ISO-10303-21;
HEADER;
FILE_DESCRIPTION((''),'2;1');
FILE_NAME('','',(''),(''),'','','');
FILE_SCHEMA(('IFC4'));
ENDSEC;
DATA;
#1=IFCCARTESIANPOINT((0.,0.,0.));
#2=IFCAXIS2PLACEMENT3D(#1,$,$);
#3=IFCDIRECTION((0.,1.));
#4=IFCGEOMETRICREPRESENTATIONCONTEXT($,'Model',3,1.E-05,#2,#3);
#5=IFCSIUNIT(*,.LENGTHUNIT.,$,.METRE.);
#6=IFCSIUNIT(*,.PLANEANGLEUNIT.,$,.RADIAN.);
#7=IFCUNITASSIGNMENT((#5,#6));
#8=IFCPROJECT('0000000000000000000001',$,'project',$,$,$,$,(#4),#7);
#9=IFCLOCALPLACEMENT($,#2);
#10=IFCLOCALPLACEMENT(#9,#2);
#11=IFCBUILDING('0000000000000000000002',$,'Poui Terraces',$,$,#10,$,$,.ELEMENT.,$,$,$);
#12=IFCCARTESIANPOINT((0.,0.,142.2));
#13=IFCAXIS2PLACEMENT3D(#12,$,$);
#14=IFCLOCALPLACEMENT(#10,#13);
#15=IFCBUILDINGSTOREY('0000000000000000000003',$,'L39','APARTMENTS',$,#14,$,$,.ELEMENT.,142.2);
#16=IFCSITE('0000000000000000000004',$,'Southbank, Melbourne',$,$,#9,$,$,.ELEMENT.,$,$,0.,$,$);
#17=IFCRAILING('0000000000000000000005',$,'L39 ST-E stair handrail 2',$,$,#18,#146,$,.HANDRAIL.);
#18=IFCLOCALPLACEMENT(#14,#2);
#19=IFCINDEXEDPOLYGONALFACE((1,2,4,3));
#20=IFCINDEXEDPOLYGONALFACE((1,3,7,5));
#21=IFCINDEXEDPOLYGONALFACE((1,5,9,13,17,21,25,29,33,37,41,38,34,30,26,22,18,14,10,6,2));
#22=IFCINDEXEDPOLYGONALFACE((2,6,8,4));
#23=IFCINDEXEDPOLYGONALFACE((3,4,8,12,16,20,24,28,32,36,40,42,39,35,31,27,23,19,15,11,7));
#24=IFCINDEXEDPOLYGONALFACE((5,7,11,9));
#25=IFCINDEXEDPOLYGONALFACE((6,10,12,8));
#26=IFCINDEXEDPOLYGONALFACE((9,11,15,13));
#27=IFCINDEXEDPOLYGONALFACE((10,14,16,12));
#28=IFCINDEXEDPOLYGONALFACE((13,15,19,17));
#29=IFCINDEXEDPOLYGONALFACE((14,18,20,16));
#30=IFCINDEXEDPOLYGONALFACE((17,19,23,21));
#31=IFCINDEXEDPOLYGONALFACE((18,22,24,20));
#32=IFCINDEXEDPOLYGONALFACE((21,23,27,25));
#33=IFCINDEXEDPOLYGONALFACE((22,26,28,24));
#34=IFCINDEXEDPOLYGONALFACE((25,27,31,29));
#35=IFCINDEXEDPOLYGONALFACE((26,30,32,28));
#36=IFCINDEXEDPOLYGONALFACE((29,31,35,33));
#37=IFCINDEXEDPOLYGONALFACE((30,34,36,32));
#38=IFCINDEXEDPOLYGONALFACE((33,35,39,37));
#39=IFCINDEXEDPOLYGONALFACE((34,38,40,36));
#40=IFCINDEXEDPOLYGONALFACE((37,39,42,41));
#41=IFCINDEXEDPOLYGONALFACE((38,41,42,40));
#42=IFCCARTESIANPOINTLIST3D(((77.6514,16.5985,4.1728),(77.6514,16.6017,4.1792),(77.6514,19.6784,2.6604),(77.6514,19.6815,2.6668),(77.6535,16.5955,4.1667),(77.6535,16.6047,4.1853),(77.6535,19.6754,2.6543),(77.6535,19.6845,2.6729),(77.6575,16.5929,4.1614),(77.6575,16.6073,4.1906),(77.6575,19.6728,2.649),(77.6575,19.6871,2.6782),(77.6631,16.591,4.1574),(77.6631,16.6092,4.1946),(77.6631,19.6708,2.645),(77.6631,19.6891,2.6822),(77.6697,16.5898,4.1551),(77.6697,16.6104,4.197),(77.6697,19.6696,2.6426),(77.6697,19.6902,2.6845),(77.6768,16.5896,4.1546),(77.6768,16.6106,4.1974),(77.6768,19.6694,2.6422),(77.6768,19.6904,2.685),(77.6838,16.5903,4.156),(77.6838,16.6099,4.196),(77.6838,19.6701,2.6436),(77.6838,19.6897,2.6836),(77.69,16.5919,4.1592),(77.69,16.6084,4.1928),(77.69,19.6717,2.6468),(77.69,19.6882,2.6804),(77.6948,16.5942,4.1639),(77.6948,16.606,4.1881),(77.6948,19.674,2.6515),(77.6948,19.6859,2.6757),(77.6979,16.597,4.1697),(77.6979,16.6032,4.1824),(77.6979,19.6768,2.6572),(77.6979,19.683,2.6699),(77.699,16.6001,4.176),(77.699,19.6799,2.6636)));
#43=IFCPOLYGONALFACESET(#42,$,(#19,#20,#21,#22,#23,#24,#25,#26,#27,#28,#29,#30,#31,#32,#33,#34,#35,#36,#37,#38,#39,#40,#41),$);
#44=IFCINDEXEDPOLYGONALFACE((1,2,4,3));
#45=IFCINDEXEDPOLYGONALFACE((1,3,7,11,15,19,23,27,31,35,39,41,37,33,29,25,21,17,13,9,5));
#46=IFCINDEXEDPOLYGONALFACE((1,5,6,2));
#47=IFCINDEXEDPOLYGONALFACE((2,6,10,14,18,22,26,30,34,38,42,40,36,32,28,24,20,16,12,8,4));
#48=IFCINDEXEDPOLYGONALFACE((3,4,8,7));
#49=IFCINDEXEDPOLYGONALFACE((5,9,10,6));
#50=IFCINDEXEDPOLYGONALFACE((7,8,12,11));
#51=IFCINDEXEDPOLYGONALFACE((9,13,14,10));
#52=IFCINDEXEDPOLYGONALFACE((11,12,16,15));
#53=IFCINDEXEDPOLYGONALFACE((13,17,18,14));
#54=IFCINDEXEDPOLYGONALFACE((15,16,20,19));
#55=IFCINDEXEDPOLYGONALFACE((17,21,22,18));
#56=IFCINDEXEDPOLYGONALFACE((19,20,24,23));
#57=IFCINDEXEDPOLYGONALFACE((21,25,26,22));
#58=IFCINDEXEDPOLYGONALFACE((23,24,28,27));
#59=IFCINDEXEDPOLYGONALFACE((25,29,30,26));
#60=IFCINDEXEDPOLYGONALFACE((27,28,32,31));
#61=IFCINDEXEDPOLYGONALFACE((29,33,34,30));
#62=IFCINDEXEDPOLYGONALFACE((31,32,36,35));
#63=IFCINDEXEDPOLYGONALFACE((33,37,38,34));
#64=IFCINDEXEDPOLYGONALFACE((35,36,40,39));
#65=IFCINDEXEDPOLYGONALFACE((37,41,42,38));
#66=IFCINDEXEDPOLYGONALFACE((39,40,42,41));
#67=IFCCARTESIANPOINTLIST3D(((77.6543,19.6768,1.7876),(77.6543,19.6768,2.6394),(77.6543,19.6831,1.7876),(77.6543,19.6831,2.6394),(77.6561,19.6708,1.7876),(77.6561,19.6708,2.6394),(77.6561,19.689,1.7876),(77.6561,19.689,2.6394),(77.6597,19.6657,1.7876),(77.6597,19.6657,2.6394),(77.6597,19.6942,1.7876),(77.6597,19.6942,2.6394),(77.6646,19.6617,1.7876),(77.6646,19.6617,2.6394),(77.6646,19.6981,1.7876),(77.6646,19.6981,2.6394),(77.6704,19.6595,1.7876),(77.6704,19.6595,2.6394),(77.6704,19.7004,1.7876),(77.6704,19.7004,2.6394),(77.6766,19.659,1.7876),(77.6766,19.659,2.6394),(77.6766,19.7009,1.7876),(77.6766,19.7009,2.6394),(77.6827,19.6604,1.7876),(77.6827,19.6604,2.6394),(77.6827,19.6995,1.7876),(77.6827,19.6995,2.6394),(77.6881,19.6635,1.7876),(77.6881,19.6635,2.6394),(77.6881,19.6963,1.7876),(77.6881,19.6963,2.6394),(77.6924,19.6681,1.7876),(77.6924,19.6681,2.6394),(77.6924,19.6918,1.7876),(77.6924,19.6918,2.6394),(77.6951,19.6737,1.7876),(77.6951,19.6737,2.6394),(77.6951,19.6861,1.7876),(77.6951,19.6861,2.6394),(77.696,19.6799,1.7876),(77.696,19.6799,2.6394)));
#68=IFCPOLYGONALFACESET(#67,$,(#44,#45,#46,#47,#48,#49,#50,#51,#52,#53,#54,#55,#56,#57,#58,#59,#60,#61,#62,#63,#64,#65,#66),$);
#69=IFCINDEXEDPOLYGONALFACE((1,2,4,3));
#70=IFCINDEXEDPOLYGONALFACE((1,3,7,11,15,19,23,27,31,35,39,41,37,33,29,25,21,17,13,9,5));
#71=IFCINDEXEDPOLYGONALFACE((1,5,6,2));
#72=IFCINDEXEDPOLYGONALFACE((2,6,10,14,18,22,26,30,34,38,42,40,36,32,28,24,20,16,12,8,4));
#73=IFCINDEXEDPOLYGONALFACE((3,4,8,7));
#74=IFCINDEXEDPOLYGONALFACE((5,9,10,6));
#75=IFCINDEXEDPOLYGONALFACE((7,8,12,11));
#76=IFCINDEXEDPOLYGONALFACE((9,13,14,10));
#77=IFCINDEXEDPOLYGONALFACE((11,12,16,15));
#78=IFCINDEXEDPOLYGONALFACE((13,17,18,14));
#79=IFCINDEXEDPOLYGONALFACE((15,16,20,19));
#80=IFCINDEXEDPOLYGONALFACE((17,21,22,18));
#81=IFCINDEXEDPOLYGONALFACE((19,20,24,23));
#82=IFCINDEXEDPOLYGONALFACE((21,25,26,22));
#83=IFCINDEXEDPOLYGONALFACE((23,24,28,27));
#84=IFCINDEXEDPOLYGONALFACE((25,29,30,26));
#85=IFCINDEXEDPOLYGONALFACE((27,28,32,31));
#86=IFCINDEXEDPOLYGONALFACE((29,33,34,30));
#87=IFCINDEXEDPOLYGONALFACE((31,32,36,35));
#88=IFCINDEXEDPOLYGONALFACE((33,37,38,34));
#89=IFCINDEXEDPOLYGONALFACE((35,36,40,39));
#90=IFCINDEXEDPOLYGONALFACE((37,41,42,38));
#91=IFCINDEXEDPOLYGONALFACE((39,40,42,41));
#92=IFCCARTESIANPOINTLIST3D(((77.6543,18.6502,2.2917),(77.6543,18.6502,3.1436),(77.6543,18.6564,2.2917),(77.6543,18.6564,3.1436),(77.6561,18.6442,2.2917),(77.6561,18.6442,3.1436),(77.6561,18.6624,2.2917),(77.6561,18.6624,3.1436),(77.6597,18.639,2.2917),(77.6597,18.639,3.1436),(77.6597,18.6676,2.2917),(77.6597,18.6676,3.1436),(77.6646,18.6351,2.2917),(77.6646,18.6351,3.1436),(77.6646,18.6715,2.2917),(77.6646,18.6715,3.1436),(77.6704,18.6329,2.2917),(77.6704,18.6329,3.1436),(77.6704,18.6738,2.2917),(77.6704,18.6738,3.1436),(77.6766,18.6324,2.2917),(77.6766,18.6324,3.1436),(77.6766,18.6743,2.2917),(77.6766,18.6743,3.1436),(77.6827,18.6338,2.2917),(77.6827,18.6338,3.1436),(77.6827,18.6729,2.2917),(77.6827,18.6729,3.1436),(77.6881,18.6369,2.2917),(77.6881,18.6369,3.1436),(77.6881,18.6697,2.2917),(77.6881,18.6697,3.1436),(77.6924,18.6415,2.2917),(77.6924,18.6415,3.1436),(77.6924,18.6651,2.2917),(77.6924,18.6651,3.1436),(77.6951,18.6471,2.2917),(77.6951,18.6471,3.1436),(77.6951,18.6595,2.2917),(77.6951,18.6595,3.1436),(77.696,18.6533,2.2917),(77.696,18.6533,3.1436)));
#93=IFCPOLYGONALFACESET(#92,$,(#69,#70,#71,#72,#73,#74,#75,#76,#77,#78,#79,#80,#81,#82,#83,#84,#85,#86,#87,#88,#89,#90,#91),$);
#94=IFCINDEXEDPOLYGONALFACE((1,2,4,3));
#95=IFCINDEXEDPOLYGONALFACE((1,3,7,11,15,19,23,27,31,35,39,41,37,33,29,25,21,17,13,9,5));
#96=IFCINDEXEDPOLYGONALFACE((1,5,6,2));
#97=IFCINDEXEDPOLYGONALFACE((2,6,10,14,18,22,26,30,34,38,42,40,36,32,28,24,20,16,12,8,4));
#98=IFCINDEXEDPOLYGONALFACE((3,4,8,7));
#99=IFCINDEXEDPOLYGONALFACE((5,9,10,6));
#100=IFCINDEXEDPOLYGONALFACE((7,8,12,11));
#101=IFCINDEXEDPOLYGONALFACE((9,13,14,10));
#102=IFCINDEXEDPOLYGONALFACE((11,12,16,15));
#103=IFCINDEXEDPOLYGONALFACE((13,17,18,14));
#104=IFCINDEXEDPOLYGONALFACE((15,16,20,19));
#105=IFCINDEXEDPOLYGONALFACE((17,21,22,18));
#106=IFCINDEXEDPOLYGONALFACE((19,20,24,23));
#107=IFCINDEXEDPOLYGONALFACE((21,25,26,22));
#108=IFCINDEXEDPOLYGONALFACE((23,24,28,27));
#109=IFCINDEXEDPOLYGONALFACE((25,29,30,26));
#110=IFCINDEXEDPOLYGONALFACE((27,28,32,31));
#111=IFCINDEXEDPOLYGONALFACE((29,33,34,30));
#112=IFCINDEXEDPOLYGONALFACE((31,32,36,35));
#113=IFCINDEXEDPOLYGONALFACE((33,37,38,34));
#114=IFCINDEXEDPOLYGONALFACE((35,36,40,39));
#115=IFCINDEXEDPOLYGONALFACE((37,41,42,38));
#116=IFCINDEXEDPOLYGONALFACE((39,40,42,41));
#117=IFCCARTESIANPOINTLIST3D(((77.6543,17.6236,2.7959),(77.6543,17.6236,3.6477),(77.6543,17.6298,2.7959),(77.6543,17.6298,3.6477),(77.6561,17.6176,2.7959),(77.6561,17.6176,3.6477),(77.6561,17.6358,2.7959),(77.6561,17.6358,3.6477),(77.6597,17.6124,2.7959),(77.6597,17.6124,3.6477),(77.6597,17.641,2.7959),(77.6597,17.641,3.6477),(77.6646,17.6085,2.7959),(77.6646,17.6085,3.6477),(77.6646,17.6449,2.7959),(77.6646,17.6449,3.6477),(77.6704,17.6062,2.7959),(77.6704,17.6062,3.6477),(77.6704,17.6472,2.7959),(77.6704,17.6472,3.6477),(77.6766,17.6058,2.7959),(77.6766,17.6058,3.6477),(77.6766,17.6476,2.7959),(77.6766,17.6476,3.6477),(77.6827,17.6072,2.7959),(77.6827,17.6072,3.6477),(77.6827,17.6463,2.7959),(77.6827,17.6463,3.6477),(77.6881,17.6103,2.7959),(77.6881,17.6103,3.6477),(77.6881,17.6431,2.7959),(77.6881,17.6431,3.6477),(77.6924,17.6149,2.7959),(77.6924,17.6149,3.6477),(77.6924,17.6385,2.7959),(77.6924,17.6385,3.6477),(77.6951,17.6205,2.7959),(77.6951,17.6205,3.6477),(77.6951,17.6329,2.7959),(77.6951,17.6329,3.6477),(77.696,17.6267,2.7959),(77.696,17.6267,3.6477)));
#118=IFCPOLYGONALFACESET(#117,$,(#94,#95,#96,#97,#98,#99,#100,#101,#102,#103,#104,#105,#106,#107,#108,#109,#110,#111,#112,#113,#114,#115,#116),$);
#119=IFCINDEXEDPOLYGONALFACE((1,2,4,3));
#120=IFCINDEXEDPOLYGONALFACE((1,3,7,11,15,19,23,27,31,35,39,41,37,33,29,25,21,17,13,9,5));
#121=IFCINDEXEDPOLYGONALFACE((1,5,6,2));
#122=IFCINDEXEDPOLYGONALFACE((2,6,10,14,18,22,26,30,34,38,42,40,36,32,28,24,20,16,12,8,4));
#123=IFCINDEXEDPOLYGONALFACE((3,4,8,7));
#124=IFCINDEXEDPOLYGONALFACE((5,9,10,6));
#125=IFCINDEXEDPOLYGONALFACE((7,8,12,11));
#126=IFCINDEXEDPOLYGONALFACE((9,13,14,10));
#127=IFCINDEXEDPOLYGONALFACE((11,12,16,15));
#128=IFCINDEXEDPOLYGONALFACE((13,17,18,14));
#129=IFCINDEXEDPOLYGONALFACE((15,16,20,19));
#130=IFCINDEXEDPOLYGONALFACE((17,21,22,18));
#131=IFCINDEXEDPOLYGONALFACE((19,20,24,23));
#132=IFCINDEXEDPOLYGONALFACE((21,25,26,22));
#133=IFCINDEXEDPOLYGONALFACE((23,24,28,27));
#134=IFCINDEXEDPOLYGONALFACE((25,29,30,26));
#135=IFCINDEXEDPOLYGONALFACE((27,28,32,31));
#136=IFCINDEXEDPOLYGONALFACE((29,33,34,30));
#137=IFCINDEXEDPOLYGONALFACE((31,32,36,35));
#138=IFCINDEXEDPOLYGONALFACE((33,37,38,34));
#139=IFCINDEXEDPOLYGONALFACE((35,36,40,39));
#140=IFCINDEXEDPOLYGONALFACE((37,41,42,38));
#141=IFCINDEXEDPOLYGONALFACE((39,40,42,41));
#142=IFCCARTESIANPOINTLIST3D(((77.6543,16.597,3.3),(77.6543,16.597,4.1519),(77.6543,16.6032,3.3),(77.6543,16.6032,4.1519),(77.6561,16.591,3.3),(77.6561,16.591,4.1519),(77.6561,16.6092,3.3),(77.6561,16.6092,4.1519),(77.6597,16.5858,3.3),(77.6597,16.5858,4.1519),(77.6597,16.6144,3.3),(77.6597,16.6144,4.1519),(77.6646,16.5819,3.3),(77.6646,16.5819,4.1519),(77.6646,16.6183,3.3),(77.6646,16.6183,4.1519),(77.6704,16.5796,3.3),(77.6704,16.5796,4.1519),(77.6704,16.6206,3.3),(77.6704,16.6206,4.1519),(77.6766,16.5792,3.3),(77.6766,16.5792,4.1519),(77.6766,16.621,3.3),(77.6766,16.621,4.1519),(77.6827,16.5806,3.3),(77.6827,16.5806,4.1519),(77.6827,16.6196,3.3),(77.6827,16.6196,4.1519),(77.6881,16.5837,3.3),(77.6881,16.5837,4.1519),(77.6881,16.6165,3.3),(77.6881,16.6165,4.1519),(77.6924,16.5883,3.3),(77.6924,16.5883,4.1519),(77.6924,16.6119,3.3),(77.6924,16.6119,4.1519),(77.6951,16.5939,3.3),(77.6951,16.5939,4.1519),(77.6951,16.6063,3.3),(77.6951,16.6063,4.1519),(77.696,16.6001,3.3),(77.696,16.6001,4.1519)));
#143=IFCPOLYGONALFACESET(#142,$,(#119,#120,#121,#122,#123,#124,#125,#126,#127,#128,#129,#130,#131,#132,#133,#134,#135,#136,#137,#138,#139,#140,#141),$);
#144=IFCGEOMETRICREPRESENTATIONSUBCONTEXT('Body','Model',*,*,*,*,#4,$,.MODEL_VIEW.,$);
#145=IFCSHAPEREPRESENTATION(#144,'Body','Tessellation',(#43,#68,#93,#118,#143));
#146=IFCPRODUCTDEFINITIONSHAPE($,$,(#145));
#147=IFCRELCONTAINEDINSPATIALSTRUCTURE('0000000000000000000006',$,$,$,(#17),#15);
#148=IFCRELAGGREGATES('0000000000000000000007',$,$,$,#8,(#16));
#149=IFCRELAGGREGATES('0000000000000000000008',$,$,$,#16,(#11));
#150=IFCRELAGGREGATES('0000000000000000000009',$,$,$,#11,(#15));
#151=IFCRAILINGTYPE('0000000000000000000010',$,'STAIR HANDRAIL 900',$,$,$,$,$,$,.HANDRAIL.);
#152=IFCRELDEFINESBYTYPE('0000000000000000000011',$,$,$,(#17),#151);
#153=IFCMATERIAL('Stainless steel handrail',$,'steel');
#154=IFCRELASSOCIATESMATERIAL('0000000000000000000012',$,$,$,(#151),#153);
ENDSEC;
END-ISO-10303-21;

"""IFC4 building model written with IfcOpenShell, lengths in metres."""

from ifc_helpers import new_model, si_unit, direction, frame, origin, origin_2d, place, context, subcontext, project, spatial, circle, extrude, material, type_object, element, save


model = new_model("IFC4")

# Units and contexts
model_context = context("Model", 3, precision=1e-05, world=origin(), true_north=direction((0.0, 1.0)))
body_context = subcontext(model_context, "Body", "Model", "MODEL_VIEW")
ifc_project = project(units=[si_unit("LENGTHUNIT", "METRE"), si_unit("PLANEANGLEUNIT", "RADIAN")], contexts=[model_context])

# Site, building, storey
site_placement = place(None, origin())
site = spatial("IfcSite", under=ifc_project, at=site_placement, Name="Southbank, Melbourne", CompositionType="ELEMENT", RefElevation=0.0)
building_placement = place(site_placement, origin())
building = spatial("IfcBuilding", under=site, at=building_placement, Name="Poui Terraces", CompositionType="ELEMENT")
storey_placement = place(building_placement, frame((0.0, 0.0, 142.2)))
storey = spatial("IfcBuildingStorey", under=building, at=storey_placement, Name="L39", Description="APARTMENTS", CompositionType="ELEMENT", Elevation=142.2)

# Railing
ifc_material_1 = material(Name="Stainless steel handrail", Category="steel")
railing_type_1 = type_object("IfcRailingType", Name="STAIR HANDRAIL 900", PredefinedType="HANDRAIL", material=ifc_material_1)
for number, where, name in (
    (1, (77.675, 19.6799, 1.7876), "L39 ST-E stair handrail 2"),
):
    element("IfcRailing", number, at=place(storey_placement, frame(where)), inside=storey, type_object=railing_type_1, Name=name, PredefinedType="HANDRAIL", context=body_context, shape_type="SweptSolid", body=[
        extrude(circle(Radius=0.0239, at=origin_2d()), frame((0.0, 0.0, 0.876), z_axis=(0.0, -0.897606, 0.440798), x_axis=(1.0, 0.0, 0.0)), (0.0, 0.0, 1.0), 3.4312),
        extrude(circle(Radius=0.021, at=origin_2d()), origin(), (0.0, 0.0, 1.0), 0.8518),
        extrude(circle(Radius=0.021, at=origin_2d()), frame((0.0, -1.0266, 0.5042)), (0.0, 0.0, 1.0), 0.8518),
        extrude(circle(Radius=0.021, at=origin_2d()), frame((0.0, -2.0532, 1.0083)), (0.0, 0.0, 1.0), 0.8518),
        extrude(circle(Radius=0.021, at=origin_2d()), frame((0.0, -3.0798, 1.5125)), (0.0, 0.0, 1.0), 0.8518),
    ])

save(model, "model.ifc")
